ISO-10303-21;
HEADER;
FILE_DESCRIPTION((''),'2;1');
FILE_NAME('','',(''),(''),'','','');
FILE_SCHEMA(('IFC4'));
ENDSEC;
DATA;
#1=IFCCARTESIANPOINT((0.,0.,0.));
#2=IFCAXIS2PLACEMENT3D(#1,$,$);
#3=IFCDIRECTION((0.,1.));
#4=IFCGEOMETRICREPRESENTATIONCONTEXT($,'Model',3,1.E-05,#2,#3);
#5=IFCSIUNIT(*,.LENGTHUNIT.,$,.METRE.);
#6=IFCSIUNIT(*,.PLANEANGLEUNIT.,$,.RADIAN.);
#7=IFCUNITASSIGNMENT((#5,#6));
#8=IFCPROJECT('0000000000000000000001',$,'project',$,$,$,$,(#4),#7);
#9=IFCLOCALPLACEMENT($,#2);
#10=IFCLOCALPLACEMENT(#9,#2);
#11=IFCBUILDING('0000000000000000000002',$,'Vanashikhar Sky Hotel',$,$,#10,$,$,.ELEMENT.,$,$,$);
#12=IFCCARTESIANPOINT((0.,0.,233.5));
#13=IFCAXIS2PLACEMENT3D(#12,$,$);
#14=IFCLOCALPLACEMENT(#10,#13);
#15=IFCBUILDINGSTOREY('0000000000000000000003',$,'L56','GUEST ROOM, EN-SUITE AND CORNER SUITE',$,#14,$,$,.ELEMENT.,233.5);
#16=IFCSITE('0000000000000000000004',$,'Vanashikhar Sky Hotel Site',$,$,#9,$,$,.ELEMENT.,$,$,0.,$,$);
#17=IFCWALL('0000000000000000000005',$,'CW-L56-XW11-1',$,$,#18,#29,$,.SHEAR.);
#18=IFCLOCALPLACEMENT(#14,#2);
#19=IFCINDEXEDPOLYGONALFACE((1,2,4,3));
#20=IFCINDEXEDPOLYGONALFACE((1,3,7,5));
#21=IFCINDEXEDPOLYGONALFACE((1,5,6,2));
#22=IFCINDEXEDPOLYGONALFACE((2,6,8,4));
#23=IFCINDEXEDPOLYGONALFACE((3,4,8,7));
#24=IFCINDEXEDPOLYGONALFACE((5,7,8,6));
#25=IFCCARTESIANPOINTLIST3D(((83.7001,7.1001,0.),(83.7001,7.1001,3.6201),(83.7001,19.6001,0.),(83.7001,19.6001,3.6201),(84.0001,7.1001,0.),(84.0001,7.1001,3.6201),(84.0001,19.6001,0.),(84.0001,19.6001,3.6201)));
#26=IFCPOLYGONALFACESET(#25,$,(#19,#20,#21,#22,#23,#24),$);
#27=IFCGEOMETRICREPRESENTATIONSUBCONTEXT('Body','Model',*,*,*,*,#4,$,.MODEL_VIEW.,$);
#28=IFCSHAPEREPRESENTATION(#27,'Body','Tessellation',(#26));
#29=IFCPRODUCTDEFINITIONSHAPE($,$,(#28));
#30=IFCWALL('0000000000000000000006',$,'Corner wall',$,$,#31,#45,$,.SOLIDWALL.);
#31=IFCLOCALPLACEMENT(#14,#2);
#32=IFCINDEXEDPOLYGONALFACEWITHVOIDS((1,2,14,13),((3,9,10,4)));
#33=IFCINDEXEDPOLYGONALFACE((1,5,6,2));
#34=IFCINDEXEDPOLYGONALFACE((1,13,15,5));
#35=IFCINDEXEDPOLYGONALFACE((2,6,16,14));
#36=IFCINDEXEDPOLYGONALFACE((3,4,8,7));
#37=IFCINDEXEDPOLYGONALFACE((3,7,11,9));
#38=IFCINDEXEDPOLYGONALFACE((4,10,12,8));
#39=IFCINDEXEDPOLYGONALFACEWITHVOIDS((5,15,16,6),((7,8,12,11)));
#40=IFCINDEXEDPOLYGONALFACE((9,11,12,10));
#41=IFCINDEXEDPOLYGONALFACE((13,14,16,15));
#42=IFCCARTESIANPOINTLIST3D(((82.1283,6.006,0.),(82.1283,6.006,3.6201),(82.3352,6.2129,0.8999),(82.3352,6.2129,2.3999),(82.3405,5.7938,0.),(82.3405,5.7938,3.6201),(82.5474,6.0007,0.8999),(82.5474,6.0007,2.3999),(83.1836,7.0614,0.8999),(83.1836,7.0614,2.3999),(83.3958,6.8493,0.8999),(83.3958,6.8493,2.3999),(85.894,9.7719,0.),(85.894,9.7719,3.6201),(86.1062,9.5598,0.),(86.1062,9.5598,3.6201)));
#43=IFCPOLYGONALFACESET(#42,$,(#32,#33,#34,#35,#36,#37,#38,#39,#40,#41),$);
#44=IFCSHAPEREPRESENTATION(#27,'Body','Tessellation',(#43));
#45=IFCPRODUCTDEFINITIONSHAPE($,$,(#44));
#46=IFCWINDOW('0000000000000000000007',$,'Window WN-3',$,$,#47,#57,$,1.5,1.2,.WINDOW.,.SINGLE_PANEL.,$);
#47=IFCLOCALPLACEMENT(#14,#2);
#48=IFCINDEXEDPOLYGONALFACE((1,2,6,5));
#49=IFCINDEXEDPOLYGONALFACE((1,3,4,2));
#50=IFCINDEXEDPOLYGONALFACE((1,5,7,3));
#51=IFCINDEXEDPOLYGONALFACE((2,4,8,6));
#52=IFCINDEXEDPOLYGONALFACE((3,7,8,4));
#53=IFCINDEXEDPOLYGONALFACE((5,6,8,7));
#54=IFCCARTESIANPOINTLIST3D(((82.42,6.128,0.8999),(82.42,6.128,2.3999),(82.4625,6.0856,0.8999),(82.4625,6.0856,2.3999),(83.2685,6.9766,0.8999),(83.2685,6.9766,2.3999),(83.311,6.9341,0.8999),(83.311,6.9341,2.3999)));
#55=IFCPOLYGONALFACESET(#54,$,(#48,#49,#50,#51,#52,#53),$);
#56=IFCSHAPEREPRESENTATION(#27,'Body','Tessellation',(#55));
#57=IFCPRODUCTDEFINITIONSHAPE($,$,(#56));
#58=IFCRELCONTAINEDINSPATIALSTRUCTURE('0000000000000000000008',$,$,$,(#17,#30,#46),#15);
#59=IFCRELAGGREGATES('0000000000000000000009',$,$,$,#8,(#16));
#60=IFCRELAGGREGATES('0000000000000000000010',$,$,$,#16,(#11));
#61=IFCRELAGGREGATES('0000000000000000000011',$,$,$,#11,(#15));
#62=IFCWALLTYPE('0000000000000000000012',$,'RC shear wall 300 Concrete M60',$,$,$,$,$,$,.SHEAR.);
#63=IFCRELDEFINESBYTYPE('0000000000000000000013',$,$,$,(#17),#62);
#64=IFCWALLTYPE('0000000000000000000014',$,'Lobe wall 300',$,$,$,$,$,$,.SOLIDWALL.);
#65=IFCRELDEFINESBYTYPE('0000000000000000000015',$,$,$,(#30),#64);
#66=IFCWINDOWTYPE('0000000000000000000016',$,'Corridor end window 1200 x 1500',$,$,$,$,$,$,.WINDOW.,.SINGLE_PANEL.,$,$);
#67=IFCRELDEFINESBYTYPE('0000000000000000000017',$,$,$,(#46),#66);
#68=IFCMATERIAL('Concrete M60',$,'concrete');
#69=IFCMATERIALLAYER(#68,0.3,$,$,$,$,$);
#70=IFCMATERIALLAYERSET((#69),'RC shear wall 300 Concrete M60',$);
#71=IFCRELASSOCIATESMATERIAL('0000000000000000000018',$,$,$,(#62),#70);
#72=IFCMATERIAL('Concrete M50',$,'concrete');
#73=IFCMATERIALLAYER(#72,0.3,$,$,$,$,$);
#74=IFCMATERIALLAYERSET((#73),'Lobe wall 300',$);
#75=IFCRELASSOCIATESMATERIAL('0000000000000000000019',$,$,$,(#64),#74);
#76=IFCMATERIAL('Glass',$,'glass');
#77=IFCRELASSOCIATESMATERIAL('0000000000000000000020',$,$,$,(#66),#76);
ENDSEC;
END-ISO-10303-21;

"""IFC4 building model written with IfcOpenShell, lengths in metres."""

from ifc_helpers import new_model, si_unit, direction, frame, frame_2d, origin, place, context, subcontext, project, spatial, rectangle, extrude, source, transform, mapped, material, layer, layer_set, type_object, element, fill, save


model = new_model("IFC4")

# Units and contexts
model_context = context("Model", 3, precision=1e-05, world=origin(), true_north=direction((0.0, 1.0)))
body_context = subcontext(model_context, "Body", "Model", "MODEL_VIEW")
ifc_project = project(units=[si_unit("LENGTHUNIT", "METRE"), si_unit("PLANEANGLEUNIT", "RADIAN")], contexts=[model_context])

# Site, building, storey
site_placement = place(None, origin())
site = spatial("IfcSite", under=ifc_project, at=site_placement, Name="Vanashikhar Sky Hotel Site", CompositionType="ELEMENT", RefElevation=0.0)
building_placement = place(site_placement, origin())
building = spatial("IfcBuilding", under=site, at=building_placement, Name="Vanashikhar Sky Hotel", CompositionType="ELEMENT")
storey_placement = place(building_placement, frame((0.0, 0.0, 233.5)))
storey = spatial("IfcBuildingStorey", under=building, at=storey_placement, Name="L56", Description="GUEST ROOM, EN-SUITE AND CORNER SUITE", CompositionType="ELEMENT", Elevation=233.5)

# Wall
ifc_material_1 = material(Name="Concrete M60", Category="concrete")
ifc_layer_1 = layer(ifc_material_1, 0.3)
ifc_layer_set_1 = layer_set([ifc_layer_1], Name="RC shear wall 300 Concrete M60")
wall_type_1 = type_object("IfcWallType", Name="RC shear wall 300 Concrete M60", PredefinedType="SHEAR", material=ifc_layer_set_1)
shared_shape_1 = source(origin(), body_context, "Body", "SweptSolid", [
    extrude(rectangle(XDim=12.5, YDim=0.3, at=frame_2d((6.25, 0.0))), origin(), (0.0, 0.0, 1.0), 3.6201),
])
wall_1_placement = place(storey_placement, frame((83.8501, 7.1001, 0.0), z_axis=(0.0, 0.0, 1.0), x_axis=(0.0, 1.0, 0.0)))
element("IfcWall", 1, at=wall_1_placement, inside=storey, type_object=wall_type_1, Name="CW-L56-XW11-1", PredefinedType="SHEAR", context=body_context, shape_type="MappedRepresentation", body=[
    mapped(shared_shape_1, transform((0.0, 0.0, 0.0), scale=1.0)),
])

# Wall, opening, window
ifc_material_2 = material(Name="Concrete M50", Category="concrete")
ifc_layer_2 = layer(ifc_material_2, 0.3)
ifc_layer_set_2 = layer_set([ifc_layer_2], Name="Lobe wall 300")
wall_type_2 = type_object("IfcWallType", Name="Lobe wall 300", PredefinedType="SOLIDWALL", material=ifc_layer_set_2)
shared_shape_2 = source(origin(), body_context, "Body", "SweptSolid", [
    extrude(rectangle(XDim=5.3257, YDim=0.3, at=frame_2d((2.6628, 0.0))), origin(), (0.0, 0.0, 1.0), 3.6201),
])
wall_2_placement = place(storey_placement, frame((82.2344, 5.8999, 0.0), z_axis=(0.0, 0.0, 1.0), x_axis=(0.707084, 0.70713, 0.0)))
wall_2 = element("IfcWall", 2, at=wall_2_placement, inside=storey, type_object=wall_type_2, Name="Corner wall", PredefinedType="SOLIDWALL", context=body_context, shape_type="MappedRepresentation", body=[
    mapped(shared_shape_2, transform((0.0, 0.0, 0.0), scale=1.0)),
])
shared_shape_3 = source(origin(), body_context, "Body", "SweptSolid", [
    extrude(rectangle(XDim=1.2, YDim=1.5, at=frame_2d((0.6001, 0.75))), frame((0.0, 0.1602, 0.0), z_axis=(0.0, -1.0, 0.0), x_axis=(1.0, 0.0, 0.0)), (0.0, 0.0, 1.0), 0.3201),
])
opening_1_placement = place(wall_2_placement, frame((0.2925, 0.0, 0.8999)))
opening_1 = element("IfcOpeningElement", 3, at=opening_1_placement, cuts=wall_2, PredefinedType="OPENING", context=body_context, shape_type="MappedRepresentation", body=[
    mapped(shared_shape_3, transform((0.0, 0.0, 0.0), scale=1.0)),
])
ifc_material_3 = material(Name="Glass", Category="glass")
window_type_1 = type_object("IfcWindowType", Name="Corridor end window 1200 x 1500", PartitioningType="SINGLE_PANEL", PredefinedType="WINDOW", material=ifc_material_3)
shared_shape_4 = source(origin(), body_context, "Body", "SweptSolid", [
    extrude(rectangle(XDim=1.2, YDim=1.5, at=frame_2d((0.6001, 0.75))), frame((0.0, 0.03, 0.0), z_axis=(0.0, -1.0, 0.0), x_axis=(1.0, 0.0, 0.0)), (0.0, 0.0, 1.0), 0.0601),
])
window_1_placement = place(opening_1_placement, origin())
window_1 = element("IfcWindow", 4, at=window_1_placement, inside=storey, type_object=window_type_1, Name="Window WN-3", OverallHeight=1.5, OverallWidth=1.2, PartitioningType="SINGLE_PANEL", PredefinedType="WINDOW", context=body_context, shape_type="MappedRepresentation", body=[
    mapped(shared_shape_4, transform((0.0, 0.0, 0.0), scale=1.0)),
])
fill(opening_1, window_1)

save(model, "model.ifc")
